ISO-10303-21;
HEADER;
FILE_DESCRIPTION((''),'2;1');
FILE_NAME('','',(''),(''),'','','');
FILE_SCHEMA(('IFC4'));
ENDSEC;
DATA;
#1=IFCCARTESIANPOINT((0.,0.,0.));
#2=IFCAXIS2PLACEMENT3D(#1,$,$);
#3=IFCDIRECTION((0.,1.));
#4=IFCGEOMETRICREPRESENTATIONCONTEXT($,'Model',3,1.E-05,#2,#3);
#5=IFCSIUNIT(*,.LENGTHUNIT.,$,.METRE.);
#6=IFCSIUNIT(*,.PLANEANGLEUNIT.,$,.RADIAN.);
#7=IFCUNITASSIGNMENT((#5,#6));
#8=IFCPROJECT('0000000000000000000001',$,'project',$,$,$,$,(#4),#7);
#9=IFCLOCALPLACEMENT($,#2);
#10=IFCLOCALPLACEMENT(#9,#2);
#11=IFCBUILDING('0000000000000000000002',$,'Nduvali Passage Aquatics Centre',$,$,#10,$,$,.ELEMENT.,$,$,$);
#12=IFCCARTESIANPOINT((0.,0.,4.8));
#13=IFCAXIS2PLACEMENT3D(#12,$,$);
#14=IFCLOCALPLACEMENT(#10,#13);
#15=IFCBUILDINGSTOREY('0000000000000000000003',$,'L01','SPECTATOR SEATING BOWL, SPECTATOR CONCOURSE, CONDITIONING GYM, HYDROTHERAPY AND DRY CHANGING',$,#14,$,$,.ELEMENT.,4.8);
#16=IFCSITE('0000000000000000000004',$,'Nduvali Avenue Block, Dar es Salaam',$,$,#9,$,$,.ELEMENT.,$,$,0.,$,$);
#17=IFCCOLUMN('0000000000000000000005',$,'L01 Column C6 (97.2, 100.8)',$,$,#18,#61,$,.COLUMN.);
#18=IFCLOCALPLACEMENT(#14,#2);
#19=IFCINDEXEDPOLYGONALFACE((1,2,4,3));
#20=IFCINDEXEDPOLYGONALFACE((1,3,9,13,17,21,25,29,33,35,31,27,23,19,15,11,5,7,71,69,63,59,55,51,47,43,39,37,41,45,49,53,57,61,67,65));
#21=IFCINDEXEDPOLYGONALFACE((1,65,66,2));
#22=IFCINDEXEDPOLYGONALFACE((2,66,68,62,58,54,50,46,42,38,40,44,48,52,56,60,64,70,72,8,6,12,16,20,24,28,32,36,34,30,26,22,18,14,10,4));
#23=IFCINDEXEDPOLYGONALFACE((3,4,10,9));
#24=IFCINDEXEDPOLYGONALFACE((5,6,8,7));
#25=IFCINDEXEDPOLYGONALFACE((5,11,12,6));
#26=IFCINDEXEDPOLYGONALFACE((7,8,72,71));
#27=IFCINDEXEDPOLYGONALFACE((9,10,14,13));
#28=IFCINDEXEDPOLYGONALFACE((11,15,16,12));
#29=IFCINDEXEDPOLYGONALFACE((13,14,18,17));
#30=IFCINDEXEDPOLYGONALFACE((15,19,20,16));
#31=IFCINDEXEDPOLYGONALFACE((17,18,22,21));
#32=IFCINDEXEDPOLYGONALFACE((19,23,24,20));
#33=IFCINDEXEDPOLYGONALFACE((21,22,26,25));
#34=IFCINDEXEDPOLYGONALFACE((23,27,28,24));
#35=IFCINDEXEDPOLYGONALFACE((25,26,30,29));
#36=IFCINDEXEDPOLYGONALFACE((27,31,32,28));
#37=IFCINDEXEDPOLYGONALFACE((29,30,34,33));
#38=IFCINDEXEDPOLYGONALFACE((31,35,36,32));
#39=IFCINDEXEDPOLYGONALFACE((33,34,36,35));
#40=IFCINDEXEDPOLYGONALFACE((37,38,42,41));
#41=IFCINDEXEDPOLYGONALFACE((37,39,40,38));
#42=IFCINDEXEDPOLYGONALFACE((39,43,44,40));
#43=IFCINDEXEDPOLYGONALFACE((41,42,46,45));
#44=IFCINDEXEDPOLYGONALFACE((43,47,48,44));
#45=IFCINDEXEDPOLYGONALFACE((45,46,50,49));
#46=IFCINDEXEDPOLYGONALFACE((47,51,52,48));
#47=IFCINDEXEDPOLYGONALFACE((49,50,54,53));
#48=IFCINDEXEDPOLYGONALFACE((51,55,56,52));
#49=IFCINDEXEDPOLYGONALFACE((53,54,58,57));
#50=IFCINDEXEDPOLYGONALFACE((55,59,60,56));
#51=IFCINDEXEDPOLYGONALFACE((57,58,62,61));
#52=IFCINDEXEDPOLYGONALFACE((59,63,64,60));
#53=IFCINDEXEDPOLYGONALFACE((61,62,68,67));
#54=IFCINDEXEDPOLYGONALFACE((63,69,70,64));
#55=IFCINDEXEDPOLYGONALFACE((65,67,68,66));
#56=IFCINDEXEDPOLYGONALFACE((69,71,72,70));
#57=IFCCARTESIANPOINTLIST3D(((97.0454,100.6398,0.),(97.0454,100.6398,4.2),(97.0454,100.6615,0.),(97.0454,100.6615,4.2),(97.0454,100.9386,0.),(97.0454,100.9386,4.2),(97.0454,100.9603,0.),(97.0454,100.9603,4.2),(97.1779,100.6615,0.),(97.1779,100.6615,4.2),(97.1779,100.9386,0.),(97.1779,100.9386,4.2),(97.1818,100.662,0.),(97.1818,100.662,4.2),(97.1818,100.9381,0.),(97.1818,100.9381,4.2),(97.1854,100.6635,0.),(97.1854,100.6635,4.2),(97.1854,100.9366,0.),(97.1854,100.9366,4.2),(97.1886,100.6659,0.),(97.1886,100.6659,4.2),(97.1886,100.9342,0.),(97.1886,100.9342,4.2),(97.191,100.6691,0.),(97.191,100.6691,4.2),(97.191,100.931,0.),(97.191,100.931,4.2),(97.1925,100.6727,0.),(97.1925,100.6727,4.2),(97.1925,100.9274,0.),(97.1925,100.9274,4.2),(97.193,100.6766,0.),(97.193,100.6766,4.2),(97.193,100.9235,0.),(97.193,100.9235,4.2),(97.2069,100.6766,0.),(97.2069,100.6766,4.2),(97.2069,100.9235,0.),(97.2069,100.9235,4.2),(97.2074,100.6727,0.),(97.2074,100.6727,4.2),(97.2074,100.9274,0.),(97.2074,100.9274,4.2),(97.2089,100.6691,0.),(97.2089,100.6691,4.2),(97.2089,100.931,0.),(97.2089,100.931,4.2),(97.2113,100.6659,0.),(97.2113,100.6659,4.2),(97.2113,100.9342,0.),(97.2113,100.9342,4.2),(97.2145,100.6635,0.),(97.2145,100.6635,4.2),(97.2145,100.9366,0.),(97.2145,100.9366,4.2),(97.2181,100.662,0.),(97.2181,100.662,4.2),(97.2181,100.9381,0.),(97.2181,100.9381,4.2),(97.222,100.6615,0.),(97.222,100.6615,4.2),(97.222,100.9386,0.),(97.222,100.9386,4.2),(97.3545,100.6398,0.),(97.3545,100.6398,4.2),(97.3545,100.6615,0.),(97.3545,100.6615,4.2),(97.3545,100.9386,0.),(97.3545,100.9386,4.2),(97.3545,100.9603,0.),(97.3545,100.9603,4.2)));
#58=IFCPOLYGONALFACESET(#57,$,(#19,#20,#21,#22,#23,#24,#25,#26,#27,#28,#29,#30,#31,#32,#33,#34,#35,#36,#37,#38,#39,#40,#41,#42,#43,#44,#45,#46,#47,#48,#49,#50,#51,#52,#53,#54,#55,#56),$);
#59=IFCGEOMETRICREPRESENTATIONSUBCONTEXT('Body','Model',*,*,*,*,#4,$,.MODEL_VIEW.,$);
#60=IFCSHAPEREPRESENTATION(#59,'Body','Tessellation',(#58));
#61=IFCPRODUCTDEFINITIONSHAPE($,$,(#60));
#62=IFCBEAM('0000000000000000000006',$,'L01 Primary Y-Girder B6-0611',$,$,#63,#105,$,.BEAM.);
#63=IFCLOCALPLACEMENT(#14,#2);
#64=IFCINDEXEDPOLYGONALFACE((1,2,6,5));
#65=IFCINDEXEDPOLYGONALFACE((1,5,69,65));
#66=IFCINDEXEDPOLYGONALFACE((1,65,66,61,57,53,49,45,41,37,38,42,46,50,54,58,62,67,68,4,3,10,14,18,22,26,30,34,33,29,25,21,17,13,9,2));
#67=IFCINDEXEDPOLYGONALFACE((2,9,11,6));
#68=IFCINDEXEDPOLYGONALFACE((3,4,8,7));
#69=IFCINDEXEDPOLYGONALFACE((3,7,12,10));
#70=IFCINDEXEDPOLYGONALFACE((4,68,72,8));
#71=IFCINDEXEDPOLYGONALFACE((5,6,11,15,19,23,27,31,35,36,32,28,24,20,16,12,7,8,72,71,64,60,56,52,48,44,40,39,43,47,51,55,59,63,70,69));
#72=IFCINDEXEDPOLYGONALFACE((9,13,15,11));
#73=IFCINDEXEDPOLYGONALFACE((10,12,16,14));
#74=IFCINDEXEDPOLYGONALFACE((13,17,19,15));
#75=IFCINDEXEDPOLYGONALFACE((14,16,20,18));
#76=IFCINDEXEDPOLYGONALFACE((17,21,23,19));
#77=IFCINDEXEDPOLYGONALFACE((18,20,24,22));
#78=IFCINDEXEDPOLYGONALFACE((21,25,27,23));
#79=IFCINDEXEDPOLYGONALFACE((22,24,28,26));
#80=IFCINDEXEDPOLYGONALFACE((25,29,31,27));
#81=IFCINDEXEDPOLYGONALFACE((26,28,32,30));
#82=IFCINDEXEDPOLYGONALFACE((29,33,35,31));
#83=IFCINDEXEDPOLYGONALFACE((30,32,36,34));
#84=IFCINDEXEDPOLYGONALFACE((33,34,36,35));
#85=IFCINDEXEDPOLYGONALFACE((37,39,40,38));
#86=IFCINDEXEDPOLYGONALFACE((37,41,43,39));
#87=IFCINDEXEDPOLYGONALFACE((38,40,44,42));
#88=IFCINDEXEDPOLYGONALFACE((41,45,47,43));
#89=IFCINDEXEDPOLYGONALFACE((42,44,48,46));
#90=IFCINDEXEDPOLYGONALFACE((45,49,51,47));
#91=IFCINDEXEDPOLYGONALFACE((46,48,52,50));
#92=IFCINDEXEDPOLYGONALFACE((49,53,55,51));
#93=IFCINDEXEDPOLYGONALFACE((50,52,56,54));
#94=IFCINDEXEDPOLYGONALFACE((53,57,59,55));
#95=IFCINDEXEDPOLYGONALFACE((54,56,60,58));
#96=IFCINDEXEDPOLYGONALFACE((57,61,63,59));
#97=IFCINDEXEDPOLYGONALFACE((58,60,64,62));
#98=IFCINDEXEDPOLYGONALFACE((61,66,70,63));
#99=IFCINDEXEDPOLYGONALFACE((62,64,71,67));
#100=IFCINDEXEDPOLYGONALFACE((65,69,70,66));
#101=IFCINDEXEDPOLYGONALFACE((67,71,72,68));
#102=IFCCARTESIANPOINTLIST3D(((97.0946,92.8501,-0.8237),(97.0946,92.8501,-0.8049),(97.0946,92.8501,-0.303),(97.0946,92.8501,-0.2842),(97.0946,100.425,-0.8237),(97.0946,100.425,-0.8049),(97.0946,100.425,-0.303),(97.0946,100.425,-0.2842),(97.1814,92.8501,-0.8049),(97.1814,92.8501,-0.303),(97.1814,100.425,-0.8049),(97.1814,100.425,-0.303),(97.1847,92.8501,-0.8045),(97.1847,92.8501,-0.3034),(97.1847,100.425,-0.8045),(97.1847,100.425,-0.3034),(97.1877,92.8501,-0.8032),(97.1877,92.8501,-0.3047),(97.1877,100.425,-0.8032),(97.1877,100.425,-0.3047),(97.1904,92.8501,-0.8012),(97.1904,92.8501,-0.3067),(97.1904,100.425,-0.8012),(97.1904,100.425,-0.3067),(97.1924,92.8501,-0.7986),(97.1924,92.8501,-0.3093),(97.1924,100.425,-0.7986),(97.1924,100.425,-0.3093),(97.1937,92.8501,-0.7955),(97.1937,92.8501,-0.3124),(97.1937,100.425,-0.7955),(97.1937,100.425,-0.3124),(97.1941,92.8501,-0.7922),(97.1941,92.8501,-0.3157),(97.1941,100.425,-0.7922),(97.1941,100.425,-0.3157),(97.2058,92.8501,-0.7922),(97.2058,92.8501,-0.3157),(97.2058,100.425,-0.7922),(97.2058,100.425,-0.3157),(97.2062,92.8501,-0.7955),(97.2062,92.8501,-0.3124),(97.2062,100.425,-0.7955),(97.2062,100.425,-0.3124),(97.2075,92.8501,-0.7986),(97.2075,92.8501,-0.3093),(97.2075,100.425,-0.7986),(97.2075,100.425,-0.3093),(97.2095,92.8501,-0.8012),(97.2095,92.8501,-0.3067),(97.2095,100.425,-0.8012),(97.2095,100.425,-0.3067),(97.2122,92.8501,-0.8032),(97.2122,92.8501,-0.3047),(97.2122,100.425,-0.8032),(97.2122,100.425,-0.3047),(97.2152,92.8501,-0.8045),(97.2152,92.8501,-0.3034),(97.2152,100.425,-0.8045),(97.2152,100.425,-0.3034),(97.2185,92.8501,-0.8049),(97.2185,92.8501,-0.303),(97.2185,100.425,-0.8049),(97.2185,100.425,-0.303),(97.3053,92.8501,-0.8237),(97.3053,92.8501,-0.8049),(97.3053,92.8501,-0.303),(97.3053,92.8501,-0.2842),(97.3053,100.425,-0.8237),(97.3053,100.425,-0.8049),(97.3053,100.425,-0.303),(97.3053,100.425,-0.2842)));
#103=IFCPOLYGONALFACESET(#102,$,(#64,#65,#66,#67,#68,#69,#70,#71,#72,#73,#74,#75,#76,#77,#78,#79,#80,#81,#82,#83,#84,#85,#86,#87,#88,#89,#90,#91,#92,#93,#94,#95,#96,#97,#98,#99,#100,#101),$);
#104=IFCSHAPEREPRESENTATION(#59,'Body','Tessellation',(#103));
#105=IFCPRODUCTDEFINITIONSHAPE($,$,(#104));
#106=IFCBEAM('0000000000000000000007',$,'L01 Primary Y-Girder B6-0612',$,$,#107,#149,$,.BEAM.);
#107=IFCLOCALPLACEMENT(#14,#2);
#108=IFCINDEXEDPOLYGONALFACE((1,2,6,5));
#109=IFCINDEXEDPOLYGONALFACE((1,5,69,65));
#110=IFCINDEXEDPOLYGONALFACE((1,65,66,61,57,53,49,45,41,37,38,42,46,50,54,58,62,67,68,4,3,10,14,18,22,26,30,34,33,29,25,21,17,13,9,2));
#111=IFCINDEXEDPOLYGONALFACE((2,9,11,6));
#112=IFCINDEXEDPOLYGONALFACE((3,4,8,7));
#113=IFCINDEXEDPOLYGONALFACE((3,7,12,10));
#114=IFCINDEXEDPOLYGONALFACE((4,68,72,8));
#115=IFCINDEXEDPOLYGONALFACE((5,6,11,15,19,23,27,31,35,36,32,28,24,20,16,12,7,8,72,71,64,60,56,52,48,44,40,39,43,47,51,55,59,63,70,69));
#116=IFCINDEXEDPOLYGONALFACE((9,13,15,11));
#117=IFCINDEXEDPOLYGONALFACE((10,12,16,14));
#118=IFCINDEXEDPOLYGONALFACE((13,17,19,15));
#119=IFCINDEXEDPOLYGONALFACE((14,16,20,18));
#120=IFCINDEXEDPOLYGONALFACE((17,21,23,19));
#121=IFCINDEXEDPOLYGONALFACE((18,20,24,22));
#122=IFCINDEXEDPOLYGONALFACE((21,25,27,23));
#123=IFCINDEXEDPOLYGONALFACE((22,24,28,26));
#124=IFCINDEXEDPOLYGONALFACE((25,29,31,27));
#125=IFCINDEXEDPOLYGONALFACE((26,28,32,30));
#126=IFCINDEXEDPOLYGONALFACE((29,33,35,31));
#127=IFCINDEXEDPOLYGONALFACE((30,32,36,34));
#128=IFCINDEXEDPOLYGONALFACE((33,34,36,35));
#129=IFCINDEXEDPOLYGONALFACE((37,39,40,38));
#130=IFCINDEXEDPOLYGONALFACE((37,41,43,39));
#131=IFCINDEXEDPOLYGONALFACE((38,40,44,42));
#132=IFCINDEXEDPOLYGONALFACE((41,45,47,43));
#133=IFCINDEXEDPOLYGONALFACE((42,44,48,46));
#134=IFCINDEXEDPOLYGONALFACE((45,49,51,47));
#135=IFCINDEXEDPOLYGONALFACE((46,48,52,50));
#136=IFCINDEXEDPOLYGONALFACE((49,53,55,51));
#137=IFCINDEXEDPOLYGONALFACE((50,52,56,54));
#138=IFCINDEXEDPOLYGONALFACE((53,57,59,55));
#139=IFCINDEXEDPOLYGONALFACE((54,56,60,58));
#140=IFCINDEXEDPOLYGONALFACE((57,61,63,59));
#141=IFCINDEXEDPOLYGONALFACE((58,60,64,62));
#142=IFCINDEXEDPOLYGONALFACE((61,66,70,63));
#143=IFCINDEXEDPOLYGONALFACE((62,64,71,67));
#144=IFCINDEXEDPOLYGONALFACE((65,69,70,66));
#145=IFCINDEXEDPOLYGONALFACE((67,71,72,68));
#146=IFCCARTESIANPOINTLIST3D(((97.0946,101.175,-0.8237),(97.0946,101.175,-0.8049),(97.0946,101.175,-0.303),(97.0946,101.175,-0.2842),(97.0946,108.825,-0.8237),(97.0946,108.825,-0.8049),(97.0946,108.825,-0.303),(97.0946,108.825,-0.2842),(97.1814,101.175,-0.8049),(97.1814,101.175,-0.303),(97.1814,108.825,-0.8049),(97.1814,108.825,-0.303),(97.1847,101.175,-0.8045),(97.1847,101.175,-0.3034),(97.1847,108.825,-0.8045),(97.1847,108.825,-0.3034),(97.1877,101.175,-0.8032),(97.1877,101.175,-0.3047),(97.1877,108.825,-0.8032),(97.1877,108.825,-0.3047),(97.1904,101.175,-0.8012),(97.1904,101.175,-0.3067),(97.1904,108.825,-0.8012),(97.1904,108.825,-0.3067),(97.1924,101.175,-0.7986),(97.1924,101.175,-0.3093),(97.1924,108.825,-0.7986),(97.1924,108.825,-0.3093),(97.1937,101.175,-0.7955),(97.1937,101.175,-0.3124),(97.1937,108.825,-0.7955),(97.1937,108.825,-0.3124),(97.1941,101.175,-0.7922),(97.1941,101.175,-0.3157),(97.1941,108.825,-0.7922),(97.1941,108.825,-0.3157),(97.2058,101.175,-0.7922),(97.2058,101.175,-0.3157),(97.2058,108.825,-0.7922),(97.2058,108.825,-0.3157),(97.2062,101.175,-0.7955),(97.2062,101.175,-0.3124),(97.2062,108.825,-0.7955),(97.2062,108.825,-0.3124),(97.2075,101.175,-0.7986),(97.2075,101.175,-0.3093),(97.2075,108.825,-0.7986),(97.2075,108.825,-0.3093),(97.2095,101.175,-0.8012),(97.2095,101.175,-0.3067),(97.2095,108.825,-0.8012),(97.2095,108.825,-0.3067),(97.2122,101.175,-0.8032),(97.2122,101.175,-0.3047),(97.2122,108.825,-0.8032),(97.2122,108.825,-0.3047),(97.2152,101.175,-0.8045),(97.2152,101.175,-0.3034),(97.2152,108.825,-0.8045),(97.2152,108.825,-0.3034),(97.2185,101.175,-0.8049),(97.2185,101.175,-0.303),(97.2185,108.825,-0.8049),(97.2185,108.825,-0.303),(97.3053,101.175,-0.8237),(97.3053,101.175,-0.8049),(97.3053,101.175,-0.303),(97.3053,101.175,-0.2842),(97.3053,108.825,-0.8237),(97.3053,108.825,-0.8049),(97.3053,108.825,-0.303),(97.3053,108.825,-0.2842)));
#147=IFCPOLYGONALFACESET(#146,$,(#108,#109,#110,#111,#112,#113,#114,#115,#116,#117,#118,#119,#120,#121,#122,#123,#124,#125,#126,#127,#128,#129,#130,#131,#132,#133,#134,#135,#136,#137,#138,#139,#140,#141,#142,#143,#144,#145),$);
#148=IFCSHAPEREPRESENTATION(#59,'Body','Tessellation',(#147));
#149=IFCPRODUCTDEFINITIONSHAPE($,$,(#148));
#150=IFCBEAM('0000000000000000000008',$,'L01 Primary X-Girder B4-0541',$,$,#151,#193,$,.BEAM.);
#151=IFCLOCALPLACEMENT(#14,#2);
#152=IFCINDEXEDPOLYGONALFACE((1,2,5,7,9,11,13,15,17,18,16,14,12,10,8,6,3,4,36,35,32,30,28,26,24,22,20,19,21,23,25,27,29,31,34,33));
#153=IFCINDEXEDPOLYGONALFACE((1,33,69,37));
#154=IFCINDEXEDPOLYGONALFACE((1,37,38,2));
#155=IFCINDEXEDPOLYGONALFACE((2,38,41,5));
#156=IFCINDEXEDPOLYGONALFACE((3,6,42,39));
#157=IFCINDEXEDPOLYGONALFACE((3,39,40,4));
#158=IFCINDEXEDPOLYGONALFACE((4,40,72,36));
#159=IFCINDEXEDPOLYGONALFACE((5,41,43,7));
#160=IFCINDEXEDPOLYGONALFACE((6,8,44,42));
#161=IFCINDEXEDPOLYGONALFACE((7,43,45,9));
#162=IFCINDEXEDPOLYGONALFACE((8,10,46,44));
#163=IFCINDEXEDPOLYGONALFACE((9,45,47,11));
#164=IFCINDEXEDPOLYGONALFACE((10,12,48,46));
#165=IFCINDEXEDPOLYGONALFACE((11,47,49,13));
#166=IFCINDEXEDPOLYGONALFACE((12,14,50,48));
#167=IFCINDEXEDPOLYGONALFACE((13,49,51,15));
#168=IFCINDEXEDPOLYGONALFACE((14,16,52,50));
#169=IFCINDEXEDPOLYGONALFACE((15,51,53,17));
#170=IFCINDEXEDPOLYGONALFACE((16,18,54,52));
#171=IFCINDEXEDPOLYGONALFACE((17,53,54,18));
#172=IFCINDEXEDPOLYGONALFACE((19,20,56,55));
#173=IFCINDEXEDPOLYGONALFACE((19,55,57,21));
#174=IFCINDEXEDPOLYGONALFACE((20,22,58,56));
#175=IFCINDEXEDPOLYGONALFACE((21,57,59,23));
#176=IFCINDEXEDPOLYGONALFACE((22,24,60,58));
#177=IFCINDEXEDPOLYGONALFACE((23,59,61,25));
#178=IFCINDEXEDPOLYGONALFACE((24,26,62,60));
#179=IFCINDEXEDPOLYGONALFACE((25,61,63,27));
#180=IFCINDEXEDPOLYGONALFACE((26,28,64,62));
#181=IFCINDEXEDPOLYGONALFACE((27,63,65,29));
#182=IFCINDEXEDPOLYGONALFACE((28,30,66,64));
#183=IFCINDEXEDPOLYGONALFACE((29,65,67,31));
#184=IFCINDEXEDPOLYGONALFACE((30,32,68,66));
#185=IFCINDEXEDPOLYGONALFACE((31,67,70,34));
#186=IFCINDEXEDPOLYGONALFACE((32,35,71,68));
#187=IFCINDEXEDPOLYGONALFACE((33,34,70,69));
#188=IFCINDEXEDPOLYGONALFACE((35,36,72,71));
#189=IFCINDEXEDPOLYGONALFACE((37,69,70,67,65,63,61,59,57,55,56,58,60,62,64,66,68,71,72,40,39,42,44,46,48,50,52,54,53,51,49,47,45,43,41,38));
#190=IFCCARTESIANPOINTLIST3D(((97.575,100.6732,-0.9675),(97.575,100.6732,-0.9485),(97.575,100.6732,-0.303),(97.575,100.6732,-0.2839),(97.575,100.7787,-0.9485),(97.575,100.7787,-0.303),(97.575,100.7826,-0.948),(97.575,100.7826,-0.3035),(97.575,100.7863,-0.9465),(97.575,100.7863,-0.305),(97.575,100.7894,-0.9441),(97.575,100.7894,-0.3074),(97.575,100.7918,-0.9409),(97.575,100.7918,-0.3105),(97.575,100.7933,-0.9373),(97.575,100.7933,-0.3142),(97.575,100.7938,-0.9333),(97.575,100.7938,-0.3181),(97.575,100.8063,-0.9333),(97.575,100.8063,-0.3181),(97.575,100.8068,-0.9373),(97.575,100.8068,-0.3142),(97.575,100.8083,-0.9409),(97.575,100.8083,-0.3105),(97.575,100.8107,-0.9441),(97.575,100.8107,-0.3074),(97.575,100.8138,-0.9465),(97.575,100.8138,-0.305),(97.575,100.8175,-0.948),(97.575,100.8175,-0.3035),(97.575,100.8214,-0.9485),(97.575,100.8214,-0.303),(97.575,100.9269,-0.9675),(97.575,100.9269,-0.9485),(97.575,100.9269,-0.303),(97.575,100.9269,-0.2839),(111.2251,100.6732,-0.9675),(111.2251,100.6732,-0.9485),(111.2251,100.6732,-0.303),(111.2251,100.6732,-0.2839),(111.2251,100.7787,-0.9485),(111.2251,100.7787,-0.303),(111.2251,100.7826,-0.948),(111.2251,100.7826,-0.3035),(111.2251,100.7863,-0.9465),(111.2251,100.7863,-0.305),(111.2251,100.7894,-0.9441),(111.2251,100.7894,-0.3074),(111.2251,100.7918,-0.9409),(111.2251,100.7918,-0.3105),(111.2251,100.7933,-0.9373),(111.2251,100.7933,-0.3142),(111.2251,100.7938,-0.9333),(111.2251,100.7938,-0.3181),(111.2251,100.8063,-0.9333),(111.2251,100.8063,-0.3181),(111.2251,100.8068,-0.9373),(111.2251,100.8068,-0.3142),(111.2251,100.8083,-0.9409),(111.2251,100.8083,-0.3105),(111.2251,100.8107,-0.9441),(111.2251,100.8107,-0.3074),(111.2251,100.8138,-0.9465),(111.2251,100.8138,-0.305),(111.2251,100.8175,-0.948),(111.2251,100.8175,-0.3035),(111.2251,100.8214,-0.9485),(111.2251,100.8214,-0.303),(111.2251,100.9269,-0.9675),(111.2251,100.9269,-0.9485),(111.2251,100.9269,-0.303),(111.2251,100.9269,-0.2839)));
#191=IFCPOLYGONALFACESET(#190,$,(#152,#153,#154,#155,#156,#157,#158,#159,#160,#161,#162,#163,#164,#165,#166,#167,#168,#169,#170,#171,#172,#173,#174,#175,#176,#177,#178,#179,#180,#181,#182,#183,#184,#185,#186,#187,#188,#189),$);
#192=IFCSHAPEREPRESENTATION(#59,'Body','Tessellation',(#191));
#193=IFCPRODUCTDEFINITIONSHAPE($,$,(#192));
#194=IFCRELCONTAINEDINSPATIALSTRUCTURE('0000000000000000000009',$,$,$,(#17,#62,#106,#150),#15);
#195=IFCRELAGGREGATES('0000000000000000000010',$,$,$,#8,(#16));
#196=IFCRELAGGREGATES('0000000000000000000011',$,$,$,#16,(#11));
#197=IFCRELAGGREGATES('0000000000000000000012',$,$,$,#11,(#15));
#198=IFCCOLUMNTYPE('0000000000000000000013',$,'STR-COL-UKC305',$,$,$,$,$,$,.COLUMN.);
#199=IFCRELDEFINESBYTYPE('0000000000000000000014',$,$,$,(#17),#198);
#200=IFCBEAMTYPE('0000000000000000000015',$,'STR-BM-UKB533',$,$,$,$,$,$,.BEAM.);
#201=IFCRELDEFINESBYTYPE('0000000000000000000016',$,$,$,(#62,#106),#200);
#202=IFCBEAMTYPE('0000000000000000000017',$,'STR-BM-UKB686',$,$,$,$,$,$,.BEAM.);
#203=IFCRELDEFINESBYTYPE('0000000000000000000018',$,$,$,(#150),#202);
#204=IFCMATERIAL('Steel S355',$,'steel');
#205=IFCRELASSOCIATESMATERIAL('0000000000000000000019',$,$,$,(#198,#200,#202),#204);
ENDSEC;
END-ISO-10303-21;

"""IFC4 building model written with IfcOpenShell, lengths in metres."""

from ifc_helpers import new_model, si_unit, direction, frame, origin, origin_2d, place, context, subcontext, project, spatial, i_section, extrude, material, material_profile, profile_set, type_object, element, save


model = new_model("IFC4")

# Units and contexts
model_context = context("Model", 3, precision=1e-05, world=origin(), true_north=direction((0.0, 1.0)))
body_context = subcontext(model_context, "Body", "Model", "MODEL_VIEW")
ifc_project = project(units=[si_unit("LENGTHUNIT", "METRE"), si_unit("PLANEANGLEUNIT", "RADIAN")], contexts=[model_context])

# Site, building, storey
site_placement = place(None, origin())
site = spatial("IfcSite", under=ifc_project, at=site_placement, Name="Nduvali Avenue Block, Dar es Salaam", CompositionType="ELEMENT", RefElevation=0.0)
building_placement = place(site_placement, origin())
building = spatial("IfcBuilding", under=site, at=building_placement, Name="Nduvali Passage Aquatics Centre", CompositionType="ELEMENT")
storey_placement = place(building_placement, frame((0.0, 0.0, 4.8)))
storey = spatial("IfcBuildingStorey", under=building, at=storey_placement, Name="L01", Description="SPECTATOR SEATING BOWL, SPECTATOR CONCOURSE, CONDITIONING GYM, HYDROTHERAPY AND DRY CHANGING", CompositionType="ELEMENT", Elevation=4.8)

# Column
ifc_material_1 = material(Name="Steel S355", Category="steel")
ifc_material_profile_1 = material_profile(ifc_material_1, i_section(OverallWidth=0.3091, OverallDepth=0.3206, WebThickness=0.0139, FlangeThickness=0.0217, FilletRadius=0.0151, at=origin_2d()), Name="UKC 305x305x137")
ifc_profile_set_1 = profile_set([ifc_material_profile_1], Name="Steel S355")
column_type = type_object("IfcColumnType", Name="STR-COL-UKC305", PredefinedType="COLUMN", material=ifc_profile_set_1)
column_placement = place(storey_placement, frame((97.2, 100.8, 0.0), z_axis=(0.0, 0.0, 1.0), x_axis=(1.0, 0.0, 0.0)))
element("IfcColumn", 1, at=column_placement, inside=storey, type_object=column_type, Name="L01 Column C6 (97.2, 100.8)", PredefinedType="COLUMN", context=body_context, shape_type="SweptSolid", body=[
    extrude(i_section(OverallWidth=0.3091, OverallDepth=0.3206, WebThickness=0.0139, FlangeThickness=0.0217, FilletRadius=0.0151, at=origin_2d()), origin(), (0.0, 0.0, 1.0), 4.2),
])

# Beams
ifc_material_profile_2 = material_profile(ifc_material_1, i_section(OverallWidth=0.2107, OverallDepth=0.5396, WebThickness=0.0117, FlangeThickness=0.0188, FilletRadius=0.0127, at=origin_2d()), Name="UKB 533x210x109")
ifc_profile_set_2 = profile_set([ifc_material_profile_2], Name="Steel S355")
beam_type_1 = type_object("IfcBeamType", Name="STR-BM-UKB533", PredefinedType="BEAM", material=ifc_profile_set_2)
beam_1_placement = place(storey_placement, frame((97.2, 92.8501, -0.554), z_axis=(0.0, 1.0, 0.0), x_axis=(-1.0, 0.0, 0.0)))
element("IfcBeam", 2, at=beam_1_placement, inside=storey, type_object=beam_type_1, Name="L01 Primary Y-Girder B6-0611", PredefinedType="BEAM", context=body_context, shape_type="SweptSolid", body=[
    extrude(i_section(OverallWidth=0.2107, OverallDepth=0.5396, WebThickness=0.0117, FlangeThickness=0.0188, FilletRadius=0.0127, at=origin_2d()), origin(), (0.0, 0.0, 1.0), 7.575),
])
beam_2_placement = place(storey_placement, frame((97.2, 101.175, -0.554), z_axis=(0.0, 1.0, 0.0), x_axis=(-1.0, 0.0, 0.0)))
element("IfcBeam", 3, at=beam_2_placement, inside=storey, type_object=beam_type_1, Name="L01 Primary Y-Girder B6-0612", PredefinedType="BEAM", context=body_context, shape_type="SweptSolid", body=[
    extrude(i_section(OverallWidth=0.2107, OverallDepth=0.5396, WebThickness=0.0117, FlangeThickness=0.0188, FilletRadius=0.0127, at=origin_2d()), origin(), (0.0, 0.0, 1.0), 7.6499),
])
ifc_material_profile_3 = material_profile(ifc_material_1, i_section(OverallWidth=0.2537, OverallDepth=0.6836, WebThickness=0.0125, FlangeThickness=0.019, FilletRadius=0.0151, at=origin_2d()), Name="UKB 686x254x140")
ifc_profile_set_3 = profile_set([ifc_material_profile_3], Name="Steel S355")
beam_type_2 = type_object("IfcBeamType", Name="STR-BM-UKB686", PredefinedType="BEAM", material=ifc_profile_set_3)
beam_3_placement = place(storey_placement, frame((97.575, 100.8, -0.6257), z_axis=(1.0, 0.0, 0.0), x_axis=(0.0, 1.0, 0.0)))
element("IfcBeam", 4, at=beam_3_placement, inside=storey, type_object=beam_type_2, Name="L01 Primary X-Girder B4-0541", PredefinedType="BEAM", context=body_context, shape_type="SweptSolid", body=[
    extrude(i_section(OverallWidth=0.2537, OverallDepth=0.6836, WebThickness=0.0125, FlangeThickness=0.019, FilletRadius=0.0151, at=origin_2d()), origin(), (0.0, 0.0, 1.0), 13.6501),
])

save(model, "model.ifc")
